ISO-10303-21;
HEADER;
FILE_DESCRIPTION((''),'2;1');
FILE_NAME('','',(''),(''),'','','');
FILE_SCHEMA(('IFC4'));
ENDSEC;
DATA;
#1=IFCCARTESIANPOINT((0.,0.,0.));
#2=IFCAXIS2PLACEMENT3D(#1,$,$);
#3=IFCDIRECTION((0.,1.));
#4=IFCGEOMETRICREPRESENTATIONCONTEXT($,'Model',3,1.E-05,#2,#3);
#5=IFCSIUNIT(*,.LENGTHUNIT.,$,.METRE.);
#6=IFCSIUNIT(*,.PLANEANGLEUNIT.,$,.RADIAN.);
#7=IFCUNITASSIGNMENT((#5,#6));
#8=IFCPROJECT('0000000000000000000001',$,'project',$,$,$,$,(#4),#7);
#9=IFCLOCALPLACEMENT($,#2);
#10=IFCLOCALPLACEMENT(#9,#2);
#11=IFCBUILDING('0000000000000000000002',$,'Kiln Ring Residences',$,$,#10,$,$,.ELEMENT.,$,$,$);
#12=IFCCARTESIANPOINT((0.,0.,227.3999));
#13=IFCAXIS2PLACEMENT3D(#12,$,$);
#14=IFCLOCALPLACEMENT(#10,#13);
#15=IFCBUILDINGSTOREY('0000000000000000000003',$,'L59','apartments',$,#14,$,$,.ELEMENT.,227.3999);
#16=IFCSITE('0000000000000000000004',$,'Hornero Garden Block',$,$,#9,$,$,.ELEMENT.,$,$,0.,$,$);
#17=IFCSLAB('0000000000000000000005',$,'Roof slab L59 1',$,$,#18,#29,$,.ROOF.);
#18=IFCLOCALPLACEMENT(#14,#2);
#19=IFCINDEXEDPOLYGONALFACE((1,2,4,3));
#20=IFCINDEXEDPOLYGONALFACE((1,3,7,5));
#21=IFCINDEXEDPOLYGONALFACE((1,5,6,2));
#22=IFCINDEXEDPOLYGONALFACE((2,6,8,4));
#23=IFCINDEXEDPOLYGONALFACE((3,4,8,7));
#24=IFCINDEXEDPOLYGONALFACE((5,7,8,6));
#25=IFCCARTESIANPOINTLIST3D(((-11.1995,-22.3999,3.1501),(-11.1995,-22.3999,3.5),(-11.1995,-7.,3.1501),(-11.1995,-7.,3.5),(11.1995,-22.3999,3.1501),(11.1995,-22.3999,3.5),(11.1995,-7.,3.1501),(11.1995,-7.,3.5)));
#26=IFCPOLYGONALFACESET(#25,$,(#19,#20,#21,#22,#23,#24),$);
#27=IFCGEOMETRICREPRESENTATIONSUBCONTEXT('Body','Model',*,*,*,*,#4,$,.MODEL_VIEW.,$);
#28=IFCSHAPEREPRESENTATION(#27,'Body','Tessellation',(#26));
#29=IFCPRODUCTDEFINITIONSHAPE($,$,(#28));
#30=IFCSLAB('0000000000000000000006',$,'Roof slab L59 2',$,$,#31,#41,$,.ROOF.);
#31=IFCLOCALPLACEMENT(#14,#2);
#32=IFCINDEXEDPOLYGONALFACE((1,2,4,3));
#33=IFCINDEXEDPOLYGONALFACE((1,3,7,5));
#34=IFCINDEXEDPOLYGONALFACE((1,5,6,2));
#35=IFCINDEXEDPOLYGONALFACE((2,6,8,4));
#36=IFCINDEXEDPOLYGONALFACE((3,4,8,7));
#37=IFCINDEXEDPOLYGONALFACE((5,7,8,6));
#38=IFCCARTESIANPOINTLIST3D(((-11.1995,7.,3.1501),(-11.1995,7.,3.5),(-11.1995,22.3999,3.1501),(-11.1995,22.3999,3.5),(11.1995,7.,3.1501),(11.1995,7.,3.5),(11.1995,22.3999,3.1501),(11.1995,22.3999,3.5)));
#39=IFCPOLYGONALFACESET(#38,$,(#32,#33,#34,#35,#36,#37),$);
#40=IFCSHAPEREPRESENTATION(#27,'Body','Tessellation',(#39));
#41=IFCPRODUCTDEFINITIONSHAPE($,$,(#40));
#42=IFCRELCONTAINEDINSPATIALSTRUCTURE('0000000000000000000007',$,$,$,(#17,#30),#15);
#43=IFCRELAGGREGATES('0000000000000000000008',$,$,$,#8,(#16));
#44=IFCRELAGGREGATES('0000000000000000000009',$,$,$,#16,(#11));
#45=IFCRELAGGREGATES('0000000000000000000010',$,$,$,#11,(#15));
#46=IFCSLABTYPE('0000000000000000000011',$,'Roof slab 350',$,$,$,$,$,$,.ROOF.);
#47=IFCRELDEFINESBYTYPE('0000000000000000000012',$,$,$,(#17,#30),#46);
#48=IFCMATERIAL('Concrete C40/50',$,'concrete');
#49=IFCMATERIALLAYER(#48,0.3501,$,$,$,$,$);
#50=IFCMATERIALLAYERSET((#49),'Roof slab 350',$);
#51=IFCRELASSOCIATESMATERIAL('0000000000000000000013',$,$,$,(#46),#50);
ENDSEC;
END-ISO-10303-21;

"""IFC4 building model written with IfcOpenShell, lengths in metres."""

from ifc_helpers import new_model, si_unit, direction, frame, origin, place, context, subcontext, project, spatial, polyline, outline, extrude, material, layer, layer_set, type_object, element, save


model = new_model("IFC4")

# Units and contexts
model_context = context("Model", 3, precision=1e-05, world=origin(), true_north=direction((0.0, 1.0)))
body_context = subcontext(model_context, "Body", "Model", "MODEL_VIEW")
ifc_project = project(units=[si_unit("LENGTHUNIT", "METRE"), si_unit("PLANEANGLEUNIT", "RADIAN")], contexts=[model_context])

# Site, building, storey
site_placement = place(None, origin())
site = spatial("IfcSite", under=ifc_project, at=site_placement, Name="Hornero Garden Block", CompositionType="ELEMENT", RefElevation=0.0)
building_placement = place(site_placement, origin())
building = spatial("IfcBuilding", under=site, at=building_placement, Name="Kiln Ring Residences", CompositionType="ELEMENT")
storey_placement = place(building_placement, frame((0.0, 0.0, 227.3999)))
storey = spatial("IfcBuildingStorey", under=building, at=storey_placement, Name="L59", Description="apartments", CompositionType="ELEMENT", Elevation=227.3999)

# Slabs
ifc_material_1 = material(Name="Concrete C40/50", Category="concrete")
ifc_layer_1 = layer(ifc_material_1, 0.3501)
ifc_layer_set_1 = layer_set([ifc_layer_1], Name="Roof slab 350")
slab_type_1 = type_object("IfcSlabType", Name="Roof slab 350", PredefinedType="ROOF", material=ifc_layer_set_1)
placement = place(storey_placement, frame((0.0, 0.0, 3.1501)))
element("IfcSlab", 1, at=placement, inside=storey, type_object=slab_type_1, Name="Roof slab L59 1", PredefinedType="ROOF", context=body_context, shape_type="SweptSolid", body=[
    extrude(outline(polyline([(11.1995, -22.3999), (11.1995, -7.0), (-11.1995, -7.0), (-11.1995, -22.3999), (11.1995, -22.3999)])), origin(), (0.0, 0.0, 1.0), 0.3499),
])
element("IfcSlab", 2, at=placement, inside=storey, type_object=slab_type_1, Name="Roof slab L59 2", PredefinedType="ROOF", context=body_context, shape_type="SweptSolid", body=[
    extrude(outline(polyline([(-11.1995, 22.3999), (-11.1995, 7.0), (11.1995, 7.0), (11.1995, 22.3999), (-11.1995, 22.3999)])), origin(), (0.0, 0.0, 1.0), 0.3499),
])

save(model, "model.ifc")
